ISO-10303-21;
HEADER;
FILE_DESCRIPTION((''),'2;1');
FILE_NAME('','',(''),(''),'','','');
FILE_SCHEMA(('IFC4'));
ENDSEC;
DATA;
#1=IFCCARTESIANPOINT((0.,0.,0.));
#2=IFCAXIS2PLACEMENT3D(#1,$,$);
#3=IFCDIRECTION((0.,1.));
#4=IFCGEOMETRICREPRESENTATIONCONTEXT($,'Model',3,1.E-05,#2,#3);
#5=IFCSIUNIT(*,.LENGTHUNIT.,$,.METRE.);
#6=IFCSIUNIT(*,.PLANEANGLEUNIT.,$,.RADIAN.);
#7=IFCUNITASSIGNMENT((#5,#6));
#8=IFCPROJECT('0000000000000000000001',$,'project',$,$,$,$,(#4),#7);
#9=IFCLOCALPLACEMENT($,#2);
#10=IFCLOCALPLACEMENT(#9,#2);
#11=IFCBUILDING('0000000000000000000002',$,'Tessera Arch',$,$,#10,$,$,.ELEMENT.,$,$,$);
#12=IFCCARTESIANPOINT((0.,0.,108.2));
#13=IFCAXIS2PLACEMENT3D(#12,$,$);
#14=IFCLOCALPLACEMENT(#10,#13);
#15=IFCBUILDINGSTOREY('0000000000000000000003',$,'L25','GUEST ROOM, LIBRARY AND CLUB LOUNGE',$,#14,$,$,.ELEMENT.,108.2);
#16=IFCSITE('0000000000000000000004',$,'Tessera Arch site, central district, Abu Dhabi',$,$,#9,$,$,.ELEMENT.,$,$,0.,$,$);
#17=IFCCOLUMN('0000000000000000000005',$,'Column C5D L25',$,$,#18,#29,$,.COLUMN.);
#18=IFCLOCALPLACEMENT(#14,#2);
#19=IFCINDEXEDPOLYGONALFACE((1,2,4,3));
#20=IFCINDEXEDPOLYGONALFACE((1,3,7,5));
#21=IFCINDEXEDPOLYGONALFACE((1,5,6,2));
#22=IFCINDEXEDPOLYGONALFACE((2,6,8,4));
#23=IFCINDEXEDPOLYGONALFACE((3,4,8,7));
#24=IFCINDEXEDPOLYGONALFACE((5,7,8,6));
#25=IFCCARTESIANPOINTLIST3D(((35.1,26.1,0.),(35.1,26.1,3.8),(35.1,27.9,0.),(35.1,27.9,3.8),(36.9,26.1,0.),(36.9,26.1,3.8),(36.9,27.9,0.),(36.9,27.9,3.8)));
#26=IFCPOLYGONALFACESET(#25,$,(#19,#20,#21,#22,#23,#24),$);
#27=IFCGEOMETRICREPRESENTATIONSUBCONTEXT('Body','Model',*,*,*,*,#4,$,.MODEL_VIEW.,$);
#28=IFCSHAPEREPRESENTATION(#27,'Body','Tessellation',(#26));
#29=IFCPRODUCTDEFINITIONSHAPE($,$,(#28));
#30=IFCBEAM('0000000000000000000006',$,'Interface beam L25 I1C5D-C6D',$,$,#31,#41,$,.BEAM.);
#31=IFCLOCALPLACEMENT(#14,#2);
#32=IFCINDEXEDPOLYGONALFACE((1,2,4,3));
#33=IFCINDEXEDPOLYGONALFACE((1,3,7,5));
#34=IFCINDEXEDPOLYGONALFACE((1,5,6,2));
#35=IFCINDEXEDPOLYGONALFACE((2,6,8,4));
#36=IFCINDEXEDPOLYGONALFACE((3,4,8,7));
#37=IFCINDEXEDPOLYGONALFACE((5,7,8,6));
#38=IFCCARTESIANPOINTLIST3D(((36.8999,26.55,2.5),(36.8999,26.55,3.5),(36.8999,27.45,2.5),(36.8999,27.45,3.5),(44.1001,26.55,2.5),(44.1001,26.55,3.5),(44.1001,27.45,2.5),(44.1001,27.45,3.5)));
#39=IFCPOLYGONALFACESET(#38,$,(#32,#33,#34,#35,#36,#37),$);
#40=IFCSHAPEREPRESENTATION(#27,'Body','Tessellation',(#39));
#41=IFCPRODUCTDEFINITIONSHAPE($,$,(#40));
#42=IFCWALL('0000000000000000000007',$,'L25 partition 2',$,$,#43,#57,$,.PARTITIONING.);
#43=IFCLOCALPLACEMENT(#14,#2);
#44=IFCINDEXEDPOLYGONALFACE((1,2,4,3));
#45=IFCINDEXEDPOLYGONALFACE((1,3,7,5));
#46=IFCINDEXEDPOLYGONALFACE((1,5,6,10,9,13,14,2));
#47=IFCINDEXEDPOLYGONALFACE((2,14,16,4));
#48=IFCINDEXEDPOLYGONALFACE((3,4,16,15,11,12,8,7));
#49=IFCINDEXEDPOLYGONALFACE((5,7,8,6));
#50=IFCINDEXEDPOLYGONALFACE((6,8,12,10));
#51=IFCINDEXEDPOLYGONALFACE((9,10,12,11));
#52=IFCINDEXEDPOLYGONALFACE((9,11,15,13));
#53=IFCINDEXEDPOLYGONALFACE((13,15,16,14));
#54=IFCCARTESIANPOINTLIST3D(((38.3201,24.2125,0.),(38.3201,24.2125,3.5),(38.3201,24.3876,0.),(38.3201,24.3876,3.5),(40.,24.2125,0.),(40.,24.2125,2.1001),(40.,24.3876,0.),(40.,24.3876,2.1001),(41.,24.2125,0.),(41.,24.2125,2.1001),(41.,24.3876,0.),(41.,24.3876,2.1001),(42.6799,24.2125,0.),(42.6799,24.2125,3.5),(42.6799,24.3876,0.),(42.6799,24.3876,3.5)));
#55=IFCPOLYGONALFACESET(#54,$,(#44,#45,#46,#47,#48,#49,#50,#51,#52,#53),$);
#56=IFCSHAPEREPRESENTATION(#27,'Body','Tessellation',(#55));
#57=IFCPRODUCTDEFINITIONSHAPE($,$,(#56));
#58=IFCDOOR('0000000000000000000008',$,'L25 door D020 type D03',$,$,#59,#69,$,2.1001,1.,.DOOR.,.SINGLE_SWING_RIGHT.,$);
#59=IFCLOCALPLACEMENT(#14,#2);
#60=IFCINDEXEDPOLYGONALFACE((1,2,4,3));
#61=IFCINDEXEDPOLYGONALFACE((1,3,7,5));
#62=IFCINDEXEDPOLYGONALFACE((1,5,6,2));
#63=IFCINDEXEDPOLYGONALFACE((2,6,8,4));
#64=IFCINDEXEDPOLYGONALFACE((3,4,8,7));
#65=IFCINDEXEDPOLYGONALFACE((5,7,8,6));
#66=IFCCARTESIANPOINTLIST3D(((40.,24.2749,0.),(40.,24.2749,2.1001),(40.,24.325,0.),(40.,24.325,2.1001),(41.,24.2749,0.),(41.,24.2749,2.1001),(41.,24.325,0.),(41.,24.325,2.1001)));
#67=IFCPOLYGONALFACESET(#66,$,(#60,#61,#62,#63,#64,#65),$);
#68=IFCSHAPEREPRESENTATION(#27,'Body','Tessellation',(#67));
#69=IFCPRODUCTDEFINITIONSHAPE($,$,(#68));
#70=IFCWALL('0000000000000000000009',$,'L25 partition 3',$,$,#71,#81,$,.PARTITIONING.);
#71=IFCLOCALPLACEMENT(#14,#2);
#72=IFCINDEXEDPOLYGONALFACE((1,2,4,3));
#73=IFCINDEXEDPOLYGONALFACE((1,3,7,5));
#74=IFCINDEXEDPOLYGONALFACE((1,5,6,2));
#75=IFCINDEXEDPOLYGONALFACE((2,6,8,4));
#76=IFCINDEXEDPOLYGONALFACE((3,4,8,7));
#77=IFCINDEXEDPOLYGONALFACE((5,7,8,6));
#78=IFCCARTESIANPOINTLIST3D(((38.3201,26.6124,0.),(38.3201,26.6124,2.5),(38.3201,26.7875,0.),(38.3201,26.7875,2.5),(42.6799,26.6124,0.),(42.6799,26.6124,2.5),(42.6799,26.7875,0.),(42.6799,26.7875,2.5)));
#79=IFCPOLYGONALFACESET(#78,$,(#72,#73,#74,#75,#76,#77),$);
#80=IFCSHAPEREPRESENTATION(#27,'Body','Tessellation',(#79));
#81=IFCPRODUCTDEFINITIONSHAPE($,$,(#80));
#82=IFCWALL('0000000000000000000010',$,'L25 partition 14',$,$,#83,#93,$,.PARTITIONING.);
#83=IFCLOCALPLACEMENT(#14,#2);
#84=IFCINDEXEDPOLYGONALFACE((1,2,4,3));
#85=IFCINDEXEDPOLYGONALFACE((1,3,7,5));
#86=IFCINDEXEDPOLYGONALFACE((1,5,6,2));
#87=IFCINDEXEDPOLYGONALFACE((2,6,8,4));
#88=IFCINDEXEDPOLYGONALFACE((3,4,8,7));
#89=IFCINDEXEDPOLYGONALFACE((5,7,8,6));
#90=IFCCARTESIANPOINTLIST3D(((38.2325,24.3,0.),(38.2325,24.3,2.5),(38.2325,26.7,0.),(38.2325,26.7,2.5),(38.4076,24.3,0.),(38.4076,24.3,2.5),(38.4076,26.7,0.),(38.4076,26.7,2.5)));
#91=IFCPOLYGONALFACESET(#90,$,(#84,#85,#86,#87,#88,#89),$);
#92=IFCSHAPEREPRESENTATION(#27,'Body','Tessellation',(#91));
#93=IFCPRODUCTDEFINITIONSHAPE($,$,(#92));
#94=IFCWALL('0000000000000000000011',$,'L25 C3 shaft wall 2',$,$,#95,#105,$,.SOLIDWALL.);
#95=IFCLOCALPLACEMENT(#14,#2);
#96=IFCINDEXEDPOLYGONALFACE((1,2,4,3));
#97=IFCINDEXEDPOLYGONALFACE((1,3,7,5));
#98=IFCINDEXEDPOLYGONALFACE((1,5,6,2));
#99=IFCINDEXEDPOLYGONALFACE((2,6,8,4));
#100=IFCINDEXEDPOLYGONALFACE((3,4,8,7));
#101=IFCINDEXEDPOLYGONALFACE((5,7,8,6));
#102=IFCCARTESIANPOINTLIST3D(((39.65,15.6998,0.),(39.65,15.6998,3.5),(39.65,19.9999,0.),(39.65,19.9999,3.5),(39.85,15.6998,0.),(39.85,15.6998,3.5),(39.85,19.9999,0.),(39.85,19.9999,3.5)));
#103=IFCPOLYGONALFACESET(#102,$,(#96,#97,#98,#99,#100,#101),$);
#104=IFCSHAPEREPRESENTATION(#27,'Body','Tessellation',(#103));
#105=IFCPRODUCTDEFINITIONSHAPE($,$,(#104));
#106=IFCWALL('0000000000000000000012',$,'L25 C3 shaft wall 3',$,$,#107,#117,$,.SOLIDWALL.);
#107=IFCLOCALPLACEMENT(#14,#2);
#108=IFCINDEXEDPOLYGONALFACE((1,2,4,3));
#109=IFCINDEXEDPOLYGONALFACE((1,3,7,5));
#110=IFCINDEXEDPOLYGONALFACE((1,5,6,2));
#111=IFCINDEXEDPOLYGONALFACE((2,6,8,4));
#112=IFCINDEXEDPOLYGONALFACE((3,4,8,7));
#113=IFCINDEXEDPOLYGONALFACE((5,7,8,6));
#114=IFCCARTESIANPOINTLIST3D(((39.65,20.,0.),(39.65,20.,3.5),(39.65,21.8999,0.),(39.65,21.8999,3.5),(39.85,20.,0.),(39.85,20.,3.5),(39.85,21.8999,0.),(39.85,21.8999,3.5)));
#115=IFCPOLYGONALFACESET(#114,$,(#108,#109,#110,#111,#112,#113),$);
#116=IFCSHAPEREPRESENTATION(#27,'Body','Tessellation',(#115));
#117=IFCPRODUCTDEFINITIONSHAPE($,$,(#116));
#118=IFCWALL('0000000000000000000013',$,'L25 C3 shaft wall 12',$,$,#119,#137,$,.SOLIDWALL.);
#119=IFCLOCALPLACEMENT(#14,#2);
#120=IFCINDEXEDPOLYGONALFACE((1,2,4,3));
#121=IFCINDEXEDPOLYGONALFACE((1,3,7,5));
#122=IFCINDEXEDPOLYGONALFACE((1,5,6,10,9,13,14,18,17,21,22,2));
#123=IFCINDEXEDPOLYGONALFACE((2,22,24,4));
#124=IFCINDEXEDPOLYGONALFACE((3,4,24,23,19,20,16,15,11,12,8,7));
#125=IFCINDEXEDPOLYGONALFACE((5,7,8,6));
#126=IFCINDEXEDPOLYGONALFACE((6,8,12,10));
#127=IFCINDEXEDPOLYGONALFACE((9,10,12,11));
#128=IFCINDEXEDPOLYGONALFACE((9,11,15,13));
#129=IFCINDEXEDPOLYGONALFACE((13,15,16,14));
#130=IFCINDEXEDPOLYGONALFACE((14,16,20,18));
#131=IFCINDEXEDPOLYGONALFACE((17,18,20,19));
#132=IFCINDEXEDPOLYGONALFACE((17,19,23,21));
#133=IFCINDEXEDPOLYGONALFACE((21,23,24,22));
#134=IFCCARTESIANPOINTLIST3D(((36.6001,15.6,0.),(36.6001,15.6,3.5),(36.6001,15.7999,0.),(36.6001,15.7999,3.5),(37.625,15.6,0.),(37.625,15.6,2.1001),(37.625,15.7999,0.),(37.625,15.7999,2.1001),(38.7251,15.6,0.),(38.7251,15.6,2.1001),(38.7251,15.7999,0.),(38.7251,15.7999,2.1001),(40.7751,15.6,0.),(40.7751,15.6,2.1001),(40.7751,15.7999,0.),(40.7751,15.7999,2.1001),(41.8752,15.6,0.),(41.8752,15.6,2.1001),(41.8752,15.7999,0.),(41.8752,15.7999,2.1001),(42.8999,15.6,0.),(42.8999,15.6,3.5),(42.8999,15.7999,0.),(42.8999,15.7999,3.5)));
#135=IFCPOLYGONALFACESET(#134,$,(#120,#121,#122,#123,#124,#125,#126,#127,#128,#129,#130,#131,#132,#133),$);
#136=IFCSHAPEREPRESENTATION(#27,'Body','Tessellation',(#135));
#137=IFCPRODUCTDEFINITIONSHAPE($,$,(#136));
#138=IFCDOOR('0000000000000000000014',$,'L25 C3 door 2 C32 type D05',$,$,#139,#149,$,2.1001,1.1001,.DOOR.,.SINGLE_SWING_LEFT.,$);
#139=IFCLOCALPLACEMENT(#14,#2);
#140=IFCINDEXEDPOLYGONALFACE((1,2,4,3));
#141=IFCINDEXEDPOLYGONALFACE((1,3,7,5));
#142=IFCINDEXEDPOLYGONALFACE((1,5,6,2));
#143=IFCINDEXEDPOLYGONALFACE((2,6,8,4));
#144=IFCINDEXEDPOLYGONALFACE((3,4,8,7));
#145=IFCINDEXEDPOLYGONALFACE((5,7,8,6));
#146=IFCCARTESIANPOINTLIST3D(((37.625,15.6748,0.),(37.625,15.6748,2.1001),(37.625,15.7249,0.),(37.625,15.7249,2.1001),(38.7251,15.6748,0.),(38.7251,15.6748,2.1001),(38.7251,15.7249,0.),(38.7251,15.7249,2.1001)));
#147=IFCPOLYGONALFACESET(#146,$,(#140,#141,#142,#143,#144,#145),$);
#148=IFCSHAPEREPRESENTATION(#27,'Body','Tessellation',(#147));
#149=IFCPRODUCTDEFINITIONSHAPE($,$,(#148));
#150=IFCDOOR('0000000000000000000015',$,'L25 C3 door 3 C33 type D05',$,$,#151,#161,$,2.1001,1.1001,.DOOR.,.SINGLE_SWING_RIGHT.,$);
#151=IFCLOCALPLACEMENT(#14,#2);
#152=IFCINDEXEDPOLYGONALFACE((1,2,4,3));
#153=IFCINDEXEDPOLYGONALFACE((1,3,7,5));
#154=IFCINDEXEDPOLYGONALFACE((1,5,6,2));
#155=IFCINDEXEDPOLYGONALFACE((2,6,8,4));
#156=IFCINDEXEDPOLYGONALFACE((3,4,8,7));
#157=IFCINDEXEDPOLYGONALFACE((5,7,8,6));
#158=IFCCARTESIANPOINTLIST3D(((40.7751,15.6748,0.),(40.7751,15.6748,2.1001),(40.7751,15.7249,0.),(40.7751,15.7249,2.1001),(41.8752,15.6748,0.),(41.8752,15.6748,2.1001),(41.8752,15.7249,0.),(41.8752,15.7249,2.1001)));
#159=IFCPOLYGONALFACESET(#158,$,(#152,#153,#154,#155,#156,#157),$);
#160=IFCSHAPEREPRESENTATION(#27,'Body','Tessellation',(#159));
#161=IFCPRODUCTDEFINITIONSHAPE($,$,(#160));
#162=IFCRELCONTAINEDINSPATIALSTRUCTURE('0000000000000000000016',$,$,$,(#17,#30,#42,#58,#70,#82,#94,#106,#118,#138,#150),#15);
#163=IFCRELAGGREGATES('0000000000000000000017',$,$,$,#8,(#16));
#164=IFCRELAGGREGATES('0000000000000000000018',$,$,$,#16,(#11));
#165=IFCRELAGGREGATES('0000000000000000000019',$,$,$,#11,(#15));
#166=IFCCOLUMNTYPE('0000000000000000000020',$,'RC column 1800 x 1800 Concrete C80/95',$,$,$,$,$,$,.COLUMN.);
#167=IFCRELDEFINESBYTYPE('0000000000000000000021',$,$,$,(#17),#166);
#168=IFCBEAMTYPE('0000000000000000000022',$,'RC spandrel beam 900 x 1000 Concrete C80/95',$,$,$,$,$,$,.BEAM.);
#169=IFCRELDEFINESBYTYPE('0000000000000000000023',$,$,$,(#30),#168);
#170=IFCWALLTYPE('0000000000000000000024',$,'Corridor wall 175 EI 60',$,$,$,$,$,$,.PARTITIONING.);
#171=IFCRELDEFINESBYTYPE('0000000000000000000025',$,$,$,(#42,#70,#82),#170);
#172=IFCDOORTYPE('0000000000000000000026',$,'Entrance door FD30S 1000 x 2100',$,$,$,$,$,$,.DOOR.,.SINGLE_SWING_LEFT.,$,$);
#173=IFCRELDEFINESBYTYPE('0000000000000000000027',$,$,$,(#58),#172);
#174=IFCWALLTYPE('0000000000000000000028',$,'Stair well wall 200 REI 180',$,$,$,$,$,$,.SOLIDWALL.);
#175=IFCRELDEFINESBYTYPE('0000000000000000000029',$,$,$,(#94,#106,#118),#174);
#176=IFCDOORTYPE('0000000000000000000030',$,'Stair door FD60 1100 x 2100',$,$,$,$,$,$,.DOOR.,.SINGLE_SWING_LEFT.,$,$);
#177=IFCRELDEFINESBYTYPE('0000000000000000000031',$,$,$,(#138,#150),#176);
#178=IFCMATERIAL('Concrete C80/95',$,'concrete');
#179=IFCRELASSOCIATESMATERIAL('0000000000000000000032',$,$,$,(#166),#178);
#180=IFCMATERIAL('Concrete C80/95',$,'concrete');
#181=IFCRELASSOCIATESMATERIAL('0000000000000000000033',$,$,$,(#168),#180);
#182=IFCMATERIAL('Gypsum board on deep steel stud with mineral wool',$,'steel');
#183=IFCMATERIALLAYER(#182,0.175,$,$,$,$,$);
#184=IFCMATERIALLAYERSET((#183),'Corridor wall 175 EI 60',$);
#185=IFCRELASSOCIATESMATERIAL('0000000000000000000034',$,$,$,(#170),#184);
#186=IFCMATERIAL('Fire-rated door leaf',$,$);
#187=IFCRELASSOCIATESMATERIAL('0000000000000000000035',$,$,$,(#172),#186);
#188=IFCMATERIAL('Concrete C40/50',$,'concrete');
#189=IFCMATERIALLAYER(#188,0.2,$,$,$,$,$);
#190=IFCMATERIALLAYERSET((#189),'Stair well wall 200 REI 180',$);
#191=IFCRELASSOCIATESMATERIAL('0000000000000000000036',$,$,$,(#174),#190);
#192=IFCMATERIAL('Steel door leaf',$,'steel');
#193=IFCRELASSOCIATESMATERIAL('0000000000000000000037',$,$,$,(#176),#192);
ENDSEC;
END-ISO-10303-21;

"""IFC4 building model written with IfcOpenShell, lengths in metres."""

from ifc_helpers import new_model, si_unit, direction, frame, frame_2d, origin, origin_2d, place, context, subcontext, project, spatial, rectangle, extrude, material, layer, layer_set, material_profile, profile_set, type_object, element, fill, save


model = new_model("IFC4")

# Units and contexts
model_context = context("Model", 3, precision=1e-05, world=origin(), true_north=direction((0.0, 1.0)))
body_context = subcontext(model_context, "Body", "Model", "MODEL_VIEW")
ifc_project = project(units=[si_unit("LENGTHUNIT", "METRE"), si_unit("PLANEANGLEUNIT", "RADIAN")], contexts=[model_context])

# Site, building, storey
site_placement = place(None, origin())
site = spatial("IfcSite", under=ifc_project, at=site_placement, Name="Tessera Arch site, central district, Abu Dhabi", CompositionType="ELEMENT", RefElevation=0.0)
building_placement = place(site_placement, origin())
building = spatial("IfcBuilding", under=site, at=building_placement, Name="Tessera Arch", CompositionType="ELEMENT")
storey_placement = place(building_placement, frame((0.0, 0.0, 108.2)))
storey = spatial("IfcBuildingStorey", under=building, at=storey_placement, Name="L25", Description="GUEST ROOM, LIBRARY AND CLUB LOUNGE", CompositionType="ELEMENT", Elevation=108.2)

# Column
ifc_material_1 = material(Name="Concrete C80/95", Category="concrete")
ifc_material_profile_1 = material_profile(ifc_material_1, rectangle(XDim=1.8, YDim=1.8, at=origin_2d()), Name="RC column 1800 x 1800 Concrete C80/95")
ifc_profile_set_1 = profile_set([ifc_material_profile_1], Name="Concrete C80/95")
column_type = type_object("IfcColumnType", Name="RC column 1800 x 1800 Concrete C80/95", PredefinedType="COLUMN", material=ifc_profile_set_1)
column_placement = place(storey_placement, frame((36.0, 27.0, 0.0), z_axis=(0.0, 0.0, 1.0), x_axis=(1.0, 0.0, 0.0)))
element("IfcColumn", 1, at=column_placement, inside=storey, type_object=column_type, Name="Column C5D L25", PredefinedType="COLUMN", context=body_context, shape_type="SweptSolid", body=[
    extrude(rectangle(XDim=1.8, YDim=1.8, at=origin_2d()), origin(), (0.0, 0.0, 1.0), 3.8),
])

# Beam
ifc_material_2 = material(Name="Concrete C80/95", Category="concrete")
ifc_material_profile_2 = material_profile(ifc_material_2, rectangle(XDim=0.8999, YDim=1.0, at=origin_2d()), Name="RC spandrel beam 900 x 1000 Concrete C80/95")
ifc_profile_set_2 = profile_set([ifc_material_profile_2], Name="Concrete C80/95")
beam_type = type_object("IfcBeamType", Name="RC spandrel beam 900 x 1000 Concrete C80/95", PredefinedType="BEAM", material=ifc_profile_set_2)
beam_placement = place(storey_placement, frame((36.8999, 27.0, 3.0), z_axis=(1.0, 0.0, 0.0), x_axis=(0.0, 1.0, 0.0)))
element("IfcBeam", 2, at=beam_placement, inside=storey, type_object=beam_type, Name="Interface beam L25 I1C5D-C6D", PredefinedType="BEAM", context=body_context, shape_type="SweptSolid", body=[
    extrude(rectangle(XDim=0.8999, YDim=1.0, at=origin_2d()), origin(), (0.0, 0.0, 1.0), 7.2002),
])

# Wall, opening, door
ifc_material_3 = material(Name="Gypsum board on deep steel stud with mineral wool", Category="steel")
ifc_layer_1 = layer(ifc_material_3, 0.175)
ifc_layer_set_1 = layer_set([ifc_layer_1], Name="Corridor wall 175 EI 60")
wall_type_1 = type_object("IfcWallType", Name="Corridor wall 175 EI 60", PredefinedType="PARTITIONING", material=ifc_layer_set_1)
wall_1_placement = place(storey_placement, frame((38.3201, 24.3, 0.0), z_axis=(0.0, 0.0, 1.0), x_axis=(1.0, 0.0, 0.0)))
wall_1 = element("IfcWall", 3, at=wall_1_placement, inside=storey, type_object=wall_type_1, Name="L25 partition 2", PredefinedType="PARTITIONING", context=body_context, shape_type="SweptSolid", body=[
    extrude(rectangle(XDim=4.3599, YDim=0.175, at=frame_2d((2.1799, 0.0))), origin(), (0.0, 0.0, 1.0), 3.5),
])
opening_1_placement = place(wall_1_placement, frame((1.6799, 0.0, 0.0)))
opening_1 = element("IfcOpeningElement", 4, at=opening_1_placement, cuts=wall_1, PredefinedType="OPENING", context=body_context, shape_type="SweptSolid", body=[
    extrude(rectangle(XDim=1.0, YDim=2.1001, at=frame_2d((0.5, 1.05))), frame((0.0, 0.0974, 0.0), z_axis=(0.0, -1.0, 0.0), x_axis=(1.0, 0.0, 0.0)), (0.0, 0.0, 1.0), 0.1951),
])
ifc_material_4 = material(Name="Fire-rated door leaf")
door_type_1 = type_object("IfcDoorType", Name="Entrance door FD30S 1000 x 2100", OperationType="SINGLE_SWING_LEFT", PredefinedType="DOOR", material=ifc_material_4)
door_1_placement = place(opening_1_placement, origin())
door_1 = element("IfcDoor", 5, at=door_1_placement, inside=storey, type_object=door_type_1, Name="L25 door D020 type D03", OperationType="SINGLE_SWING_RIGHT", OverallHeight=2.1001, OverallWidth=1.0, PredefinedType="DOOR", context=body_context, shape_type="SweptSolid", body=[
    extrude(rectangle(XDim=1.0, YDim=2.1001, at=frame_2d((0.5, 1.05))), frame((0.0, 0.0249, 0.0), z_axis=(0.0, -1.0, 0.0), x_axis=(1.0, 0.0, 0.0)), (0.0, 0.0, 1.0), 0.05),
])
fill(opening_1, door_1)

# Walls
wall_2_placement = place(storey_placement, frame((38.3201, 26.7, 0.0), z_axis=(0.0, 0.0, 1.0), x_axis=(1.0, 0.0, 0.0)))
element("IfcWall", 6, at=wall_2_placement, inside=storey, type_object=wall_type_1, Name="L25 partition 3", PredefinedType="PARTITIONING", context=body_context, shape_type="SweptSolid", body=[
    extrude(rectangle(XDim=4.3599, YDim=0.175, at=frame_2d((2.1799, 0.0))), origin(), (0.0, 0.0, 1.0), 2.5),
])
wall_3_placement = place(storey_placement, frame((38.3201, 24.3, 0.0), z_axis=(0.0, 0.0, 1.0), x_axis=(0.0, 1.0, 0.0)))
element("IfcWall", 7, at=wall_3_placement, inside=storey, type_object=wall_type_1, Name="L25 partition 14", PredefinedType="PARTITIONING", context=body_context, shape_type="SweptSolid", body=[
    extrude(rectangle(XDim=2.3999, YDim=0.175, at=frame_2d((1.2, 0.0))), origin(), (0.0, 0.0, 1.0), 2.5),
])
ifc_material_5 = material(Name="Concrete C40/50", Category="concrete")
ifc_layer_2 = layer(ifc_material_5, 0.2)
ifc_layer_set_2 = layer_set([ifc_layer_2], Name="Stair well wall 200 REI 180")
wall_type_2 = type_object("IfcWallType", Name="Stair well wall 200 REI 180", PredefinedType="SOLIDWALL", material=ifc_layer_set_2)
wall_4_placement = place(storey_placement, frame((39.75, 15.7, 0.0), z_axis=(0.0, 0.0, 1.0), x_axis=(0.0, 1.0, 0.0)))
element("IfcWall", 8, at=wall_4_placement, inside=storey, type_object=wall_type_2, Name="L25 C3 shaft wall 2", PredefinedType="SOLIDWALL", context=body_context, shape_type="SweptSolid", body=[
    extrude(rectangle(XDim=4.3, YDim=0.2, at=frame_2d((2.1499, 0.0))), origin(), (0.0, 0.0, 1.0), 3.5),
])
wall_5_placement = place(storey_placement, frame((39.75, 20.0, 0.0), z_axis=(0.0, 0.0, 1.0), x_axis=(0.0, 1.0, 0.0)))
element("IfcWall", 9, at=wall_5_placement, inside=storey, type_object=wall_type_2, Name="L25 C3 shaft wall 3", PredefinedType="SOLIDWALL", context=body_context, shape_type="SweptSolid", body=[
    extrude(rectangle(XDim=1.8999, YDim=0.2, at=frame_2d((0.95, 0.0))), origin(), (0.0, 0.0, 1.0), 3.5),
])

# Wall, openings, doors
wall_6_placement = place(storey_placement, frame((36.6001, 15.7, 0.0), z_axis=(0.0, 0.0, 1.0), x_axis=(1.0, 0.0, 0.0)))
wall_6 = element("IfcWall", 10, at=wall_6_placement, inside=storey, type_object=wall_type_2, Name="L25 C3 shaft wall 12", PredefinedType="SOLIDWALL", context=body_context, shape_type="SweptSolid", body=[
    extrude(rectangle(XDim=6.2998, YDim=0.2, at=frame_2d((3.1499, 0.0))), origin(), (0.0, 0.0, 1.0), 3.5),
])
opening_2_placement = place(wall_6_placement, frame((1.0249, 0.0, 0.0)))
opening_2 = element("IfcOpeningElement", 11, at=opening_2_placement, cuts=wall_6, PredefinedType="OPENING", context=body_context, shape_type="SweptSolid", body=[
    extrude(rectangle(XDim=1.1001, YDim=2.1001, at=frame_2d((0.55, 1.05))), frame((0.0, 0.1099, 0.0), z_axis=(0.0, -1.0, 0.0), x_axis=(1.0, 0.0, 0.0)), (0.0, 0.0, 1.0), 0.22),
])
opening_3_placement = place(wall_6_placement, frame((4.175, 0.0, 0.0)))
opening_3 = element("IfcOpeningElement", 12, at=opening_3_placement, cuts=wall_6, PredefinedType="OPENING", context=body_context, shape_type="SweptSolid", body=[
    extrude(rectangle(XDim=1.1001, YDim=2.1001, at=frame_2d((0.55, 1.05))), frame((0.0, 0.1099, 0.0), z_axis=(0.0, -1.0, 0.0), x_axis=(1.0, 0.0, 0.0)), (0.0, 0.0, 1.0), 0.22),
])
ifc_material_6 = material(Name="Steel door leaf", Category="steel")
door_type_2 = type_object("IfcDoorType", Name="Stair door FD60 1100 x 2100", OperationType="SINGLE_SWING_LEFT", PredefinedType="DOOR", material=ifc_material_6)
door_2_placement = place(opening_2_placement, origin())
door_2 = element("IfcDoor", 13, at=door_2_placement, inside=storey, type_object=door_type_2, Name="L25 C3 door 2 C32 type D05", OperationType="SINGLE_SWING_LEFT", OverallHeight=2.1001, OverallWidth=1.1001, PredefinedType="DOOR", context=body_context, shape_type="SweptSolid", body=[
    extrude(rectangle(XDim=1.1001, YDim=2.1001, at=frame_2d((0.55, 1.05))), frame((0.0, 0.0249, 0.0), z_axis=(0.0, -1.0, 0.0), x_axis=(1.0, 0.0, 0.0)), (0.0, 0.0, 1.0), 0.05),
])
fill(opening_2, door_2)
door_3_placement = place(opening_3_placement, origin())
door_3 = element("IfcDoor", 14, at=door_3_placement, inside=storey, type_object=door_type_2, Name="L25 C3 door 3 C33 type D05", OperationType="SINGLE_SWING_RIGHT", OverallHeight=2.1001, OverallWidth=1.1001, PredefinedType="DOOR", context=body_context, shape_type="SweptSolid", body=[
    extrude(rectangle(XDim=1.1001, YDim=2.1001, at=frame_2d((0.55, 1.05))), frame((0.0, 0.0249, 0.0), z_axis=(0.0, -1.0, 0.0), x_axis=(1.0, 0.0, 0.0)), (0.0, 0.0, 1.0), 0.05),
])
fill(opening_3, door_3)

save(model, "model.ifc")
